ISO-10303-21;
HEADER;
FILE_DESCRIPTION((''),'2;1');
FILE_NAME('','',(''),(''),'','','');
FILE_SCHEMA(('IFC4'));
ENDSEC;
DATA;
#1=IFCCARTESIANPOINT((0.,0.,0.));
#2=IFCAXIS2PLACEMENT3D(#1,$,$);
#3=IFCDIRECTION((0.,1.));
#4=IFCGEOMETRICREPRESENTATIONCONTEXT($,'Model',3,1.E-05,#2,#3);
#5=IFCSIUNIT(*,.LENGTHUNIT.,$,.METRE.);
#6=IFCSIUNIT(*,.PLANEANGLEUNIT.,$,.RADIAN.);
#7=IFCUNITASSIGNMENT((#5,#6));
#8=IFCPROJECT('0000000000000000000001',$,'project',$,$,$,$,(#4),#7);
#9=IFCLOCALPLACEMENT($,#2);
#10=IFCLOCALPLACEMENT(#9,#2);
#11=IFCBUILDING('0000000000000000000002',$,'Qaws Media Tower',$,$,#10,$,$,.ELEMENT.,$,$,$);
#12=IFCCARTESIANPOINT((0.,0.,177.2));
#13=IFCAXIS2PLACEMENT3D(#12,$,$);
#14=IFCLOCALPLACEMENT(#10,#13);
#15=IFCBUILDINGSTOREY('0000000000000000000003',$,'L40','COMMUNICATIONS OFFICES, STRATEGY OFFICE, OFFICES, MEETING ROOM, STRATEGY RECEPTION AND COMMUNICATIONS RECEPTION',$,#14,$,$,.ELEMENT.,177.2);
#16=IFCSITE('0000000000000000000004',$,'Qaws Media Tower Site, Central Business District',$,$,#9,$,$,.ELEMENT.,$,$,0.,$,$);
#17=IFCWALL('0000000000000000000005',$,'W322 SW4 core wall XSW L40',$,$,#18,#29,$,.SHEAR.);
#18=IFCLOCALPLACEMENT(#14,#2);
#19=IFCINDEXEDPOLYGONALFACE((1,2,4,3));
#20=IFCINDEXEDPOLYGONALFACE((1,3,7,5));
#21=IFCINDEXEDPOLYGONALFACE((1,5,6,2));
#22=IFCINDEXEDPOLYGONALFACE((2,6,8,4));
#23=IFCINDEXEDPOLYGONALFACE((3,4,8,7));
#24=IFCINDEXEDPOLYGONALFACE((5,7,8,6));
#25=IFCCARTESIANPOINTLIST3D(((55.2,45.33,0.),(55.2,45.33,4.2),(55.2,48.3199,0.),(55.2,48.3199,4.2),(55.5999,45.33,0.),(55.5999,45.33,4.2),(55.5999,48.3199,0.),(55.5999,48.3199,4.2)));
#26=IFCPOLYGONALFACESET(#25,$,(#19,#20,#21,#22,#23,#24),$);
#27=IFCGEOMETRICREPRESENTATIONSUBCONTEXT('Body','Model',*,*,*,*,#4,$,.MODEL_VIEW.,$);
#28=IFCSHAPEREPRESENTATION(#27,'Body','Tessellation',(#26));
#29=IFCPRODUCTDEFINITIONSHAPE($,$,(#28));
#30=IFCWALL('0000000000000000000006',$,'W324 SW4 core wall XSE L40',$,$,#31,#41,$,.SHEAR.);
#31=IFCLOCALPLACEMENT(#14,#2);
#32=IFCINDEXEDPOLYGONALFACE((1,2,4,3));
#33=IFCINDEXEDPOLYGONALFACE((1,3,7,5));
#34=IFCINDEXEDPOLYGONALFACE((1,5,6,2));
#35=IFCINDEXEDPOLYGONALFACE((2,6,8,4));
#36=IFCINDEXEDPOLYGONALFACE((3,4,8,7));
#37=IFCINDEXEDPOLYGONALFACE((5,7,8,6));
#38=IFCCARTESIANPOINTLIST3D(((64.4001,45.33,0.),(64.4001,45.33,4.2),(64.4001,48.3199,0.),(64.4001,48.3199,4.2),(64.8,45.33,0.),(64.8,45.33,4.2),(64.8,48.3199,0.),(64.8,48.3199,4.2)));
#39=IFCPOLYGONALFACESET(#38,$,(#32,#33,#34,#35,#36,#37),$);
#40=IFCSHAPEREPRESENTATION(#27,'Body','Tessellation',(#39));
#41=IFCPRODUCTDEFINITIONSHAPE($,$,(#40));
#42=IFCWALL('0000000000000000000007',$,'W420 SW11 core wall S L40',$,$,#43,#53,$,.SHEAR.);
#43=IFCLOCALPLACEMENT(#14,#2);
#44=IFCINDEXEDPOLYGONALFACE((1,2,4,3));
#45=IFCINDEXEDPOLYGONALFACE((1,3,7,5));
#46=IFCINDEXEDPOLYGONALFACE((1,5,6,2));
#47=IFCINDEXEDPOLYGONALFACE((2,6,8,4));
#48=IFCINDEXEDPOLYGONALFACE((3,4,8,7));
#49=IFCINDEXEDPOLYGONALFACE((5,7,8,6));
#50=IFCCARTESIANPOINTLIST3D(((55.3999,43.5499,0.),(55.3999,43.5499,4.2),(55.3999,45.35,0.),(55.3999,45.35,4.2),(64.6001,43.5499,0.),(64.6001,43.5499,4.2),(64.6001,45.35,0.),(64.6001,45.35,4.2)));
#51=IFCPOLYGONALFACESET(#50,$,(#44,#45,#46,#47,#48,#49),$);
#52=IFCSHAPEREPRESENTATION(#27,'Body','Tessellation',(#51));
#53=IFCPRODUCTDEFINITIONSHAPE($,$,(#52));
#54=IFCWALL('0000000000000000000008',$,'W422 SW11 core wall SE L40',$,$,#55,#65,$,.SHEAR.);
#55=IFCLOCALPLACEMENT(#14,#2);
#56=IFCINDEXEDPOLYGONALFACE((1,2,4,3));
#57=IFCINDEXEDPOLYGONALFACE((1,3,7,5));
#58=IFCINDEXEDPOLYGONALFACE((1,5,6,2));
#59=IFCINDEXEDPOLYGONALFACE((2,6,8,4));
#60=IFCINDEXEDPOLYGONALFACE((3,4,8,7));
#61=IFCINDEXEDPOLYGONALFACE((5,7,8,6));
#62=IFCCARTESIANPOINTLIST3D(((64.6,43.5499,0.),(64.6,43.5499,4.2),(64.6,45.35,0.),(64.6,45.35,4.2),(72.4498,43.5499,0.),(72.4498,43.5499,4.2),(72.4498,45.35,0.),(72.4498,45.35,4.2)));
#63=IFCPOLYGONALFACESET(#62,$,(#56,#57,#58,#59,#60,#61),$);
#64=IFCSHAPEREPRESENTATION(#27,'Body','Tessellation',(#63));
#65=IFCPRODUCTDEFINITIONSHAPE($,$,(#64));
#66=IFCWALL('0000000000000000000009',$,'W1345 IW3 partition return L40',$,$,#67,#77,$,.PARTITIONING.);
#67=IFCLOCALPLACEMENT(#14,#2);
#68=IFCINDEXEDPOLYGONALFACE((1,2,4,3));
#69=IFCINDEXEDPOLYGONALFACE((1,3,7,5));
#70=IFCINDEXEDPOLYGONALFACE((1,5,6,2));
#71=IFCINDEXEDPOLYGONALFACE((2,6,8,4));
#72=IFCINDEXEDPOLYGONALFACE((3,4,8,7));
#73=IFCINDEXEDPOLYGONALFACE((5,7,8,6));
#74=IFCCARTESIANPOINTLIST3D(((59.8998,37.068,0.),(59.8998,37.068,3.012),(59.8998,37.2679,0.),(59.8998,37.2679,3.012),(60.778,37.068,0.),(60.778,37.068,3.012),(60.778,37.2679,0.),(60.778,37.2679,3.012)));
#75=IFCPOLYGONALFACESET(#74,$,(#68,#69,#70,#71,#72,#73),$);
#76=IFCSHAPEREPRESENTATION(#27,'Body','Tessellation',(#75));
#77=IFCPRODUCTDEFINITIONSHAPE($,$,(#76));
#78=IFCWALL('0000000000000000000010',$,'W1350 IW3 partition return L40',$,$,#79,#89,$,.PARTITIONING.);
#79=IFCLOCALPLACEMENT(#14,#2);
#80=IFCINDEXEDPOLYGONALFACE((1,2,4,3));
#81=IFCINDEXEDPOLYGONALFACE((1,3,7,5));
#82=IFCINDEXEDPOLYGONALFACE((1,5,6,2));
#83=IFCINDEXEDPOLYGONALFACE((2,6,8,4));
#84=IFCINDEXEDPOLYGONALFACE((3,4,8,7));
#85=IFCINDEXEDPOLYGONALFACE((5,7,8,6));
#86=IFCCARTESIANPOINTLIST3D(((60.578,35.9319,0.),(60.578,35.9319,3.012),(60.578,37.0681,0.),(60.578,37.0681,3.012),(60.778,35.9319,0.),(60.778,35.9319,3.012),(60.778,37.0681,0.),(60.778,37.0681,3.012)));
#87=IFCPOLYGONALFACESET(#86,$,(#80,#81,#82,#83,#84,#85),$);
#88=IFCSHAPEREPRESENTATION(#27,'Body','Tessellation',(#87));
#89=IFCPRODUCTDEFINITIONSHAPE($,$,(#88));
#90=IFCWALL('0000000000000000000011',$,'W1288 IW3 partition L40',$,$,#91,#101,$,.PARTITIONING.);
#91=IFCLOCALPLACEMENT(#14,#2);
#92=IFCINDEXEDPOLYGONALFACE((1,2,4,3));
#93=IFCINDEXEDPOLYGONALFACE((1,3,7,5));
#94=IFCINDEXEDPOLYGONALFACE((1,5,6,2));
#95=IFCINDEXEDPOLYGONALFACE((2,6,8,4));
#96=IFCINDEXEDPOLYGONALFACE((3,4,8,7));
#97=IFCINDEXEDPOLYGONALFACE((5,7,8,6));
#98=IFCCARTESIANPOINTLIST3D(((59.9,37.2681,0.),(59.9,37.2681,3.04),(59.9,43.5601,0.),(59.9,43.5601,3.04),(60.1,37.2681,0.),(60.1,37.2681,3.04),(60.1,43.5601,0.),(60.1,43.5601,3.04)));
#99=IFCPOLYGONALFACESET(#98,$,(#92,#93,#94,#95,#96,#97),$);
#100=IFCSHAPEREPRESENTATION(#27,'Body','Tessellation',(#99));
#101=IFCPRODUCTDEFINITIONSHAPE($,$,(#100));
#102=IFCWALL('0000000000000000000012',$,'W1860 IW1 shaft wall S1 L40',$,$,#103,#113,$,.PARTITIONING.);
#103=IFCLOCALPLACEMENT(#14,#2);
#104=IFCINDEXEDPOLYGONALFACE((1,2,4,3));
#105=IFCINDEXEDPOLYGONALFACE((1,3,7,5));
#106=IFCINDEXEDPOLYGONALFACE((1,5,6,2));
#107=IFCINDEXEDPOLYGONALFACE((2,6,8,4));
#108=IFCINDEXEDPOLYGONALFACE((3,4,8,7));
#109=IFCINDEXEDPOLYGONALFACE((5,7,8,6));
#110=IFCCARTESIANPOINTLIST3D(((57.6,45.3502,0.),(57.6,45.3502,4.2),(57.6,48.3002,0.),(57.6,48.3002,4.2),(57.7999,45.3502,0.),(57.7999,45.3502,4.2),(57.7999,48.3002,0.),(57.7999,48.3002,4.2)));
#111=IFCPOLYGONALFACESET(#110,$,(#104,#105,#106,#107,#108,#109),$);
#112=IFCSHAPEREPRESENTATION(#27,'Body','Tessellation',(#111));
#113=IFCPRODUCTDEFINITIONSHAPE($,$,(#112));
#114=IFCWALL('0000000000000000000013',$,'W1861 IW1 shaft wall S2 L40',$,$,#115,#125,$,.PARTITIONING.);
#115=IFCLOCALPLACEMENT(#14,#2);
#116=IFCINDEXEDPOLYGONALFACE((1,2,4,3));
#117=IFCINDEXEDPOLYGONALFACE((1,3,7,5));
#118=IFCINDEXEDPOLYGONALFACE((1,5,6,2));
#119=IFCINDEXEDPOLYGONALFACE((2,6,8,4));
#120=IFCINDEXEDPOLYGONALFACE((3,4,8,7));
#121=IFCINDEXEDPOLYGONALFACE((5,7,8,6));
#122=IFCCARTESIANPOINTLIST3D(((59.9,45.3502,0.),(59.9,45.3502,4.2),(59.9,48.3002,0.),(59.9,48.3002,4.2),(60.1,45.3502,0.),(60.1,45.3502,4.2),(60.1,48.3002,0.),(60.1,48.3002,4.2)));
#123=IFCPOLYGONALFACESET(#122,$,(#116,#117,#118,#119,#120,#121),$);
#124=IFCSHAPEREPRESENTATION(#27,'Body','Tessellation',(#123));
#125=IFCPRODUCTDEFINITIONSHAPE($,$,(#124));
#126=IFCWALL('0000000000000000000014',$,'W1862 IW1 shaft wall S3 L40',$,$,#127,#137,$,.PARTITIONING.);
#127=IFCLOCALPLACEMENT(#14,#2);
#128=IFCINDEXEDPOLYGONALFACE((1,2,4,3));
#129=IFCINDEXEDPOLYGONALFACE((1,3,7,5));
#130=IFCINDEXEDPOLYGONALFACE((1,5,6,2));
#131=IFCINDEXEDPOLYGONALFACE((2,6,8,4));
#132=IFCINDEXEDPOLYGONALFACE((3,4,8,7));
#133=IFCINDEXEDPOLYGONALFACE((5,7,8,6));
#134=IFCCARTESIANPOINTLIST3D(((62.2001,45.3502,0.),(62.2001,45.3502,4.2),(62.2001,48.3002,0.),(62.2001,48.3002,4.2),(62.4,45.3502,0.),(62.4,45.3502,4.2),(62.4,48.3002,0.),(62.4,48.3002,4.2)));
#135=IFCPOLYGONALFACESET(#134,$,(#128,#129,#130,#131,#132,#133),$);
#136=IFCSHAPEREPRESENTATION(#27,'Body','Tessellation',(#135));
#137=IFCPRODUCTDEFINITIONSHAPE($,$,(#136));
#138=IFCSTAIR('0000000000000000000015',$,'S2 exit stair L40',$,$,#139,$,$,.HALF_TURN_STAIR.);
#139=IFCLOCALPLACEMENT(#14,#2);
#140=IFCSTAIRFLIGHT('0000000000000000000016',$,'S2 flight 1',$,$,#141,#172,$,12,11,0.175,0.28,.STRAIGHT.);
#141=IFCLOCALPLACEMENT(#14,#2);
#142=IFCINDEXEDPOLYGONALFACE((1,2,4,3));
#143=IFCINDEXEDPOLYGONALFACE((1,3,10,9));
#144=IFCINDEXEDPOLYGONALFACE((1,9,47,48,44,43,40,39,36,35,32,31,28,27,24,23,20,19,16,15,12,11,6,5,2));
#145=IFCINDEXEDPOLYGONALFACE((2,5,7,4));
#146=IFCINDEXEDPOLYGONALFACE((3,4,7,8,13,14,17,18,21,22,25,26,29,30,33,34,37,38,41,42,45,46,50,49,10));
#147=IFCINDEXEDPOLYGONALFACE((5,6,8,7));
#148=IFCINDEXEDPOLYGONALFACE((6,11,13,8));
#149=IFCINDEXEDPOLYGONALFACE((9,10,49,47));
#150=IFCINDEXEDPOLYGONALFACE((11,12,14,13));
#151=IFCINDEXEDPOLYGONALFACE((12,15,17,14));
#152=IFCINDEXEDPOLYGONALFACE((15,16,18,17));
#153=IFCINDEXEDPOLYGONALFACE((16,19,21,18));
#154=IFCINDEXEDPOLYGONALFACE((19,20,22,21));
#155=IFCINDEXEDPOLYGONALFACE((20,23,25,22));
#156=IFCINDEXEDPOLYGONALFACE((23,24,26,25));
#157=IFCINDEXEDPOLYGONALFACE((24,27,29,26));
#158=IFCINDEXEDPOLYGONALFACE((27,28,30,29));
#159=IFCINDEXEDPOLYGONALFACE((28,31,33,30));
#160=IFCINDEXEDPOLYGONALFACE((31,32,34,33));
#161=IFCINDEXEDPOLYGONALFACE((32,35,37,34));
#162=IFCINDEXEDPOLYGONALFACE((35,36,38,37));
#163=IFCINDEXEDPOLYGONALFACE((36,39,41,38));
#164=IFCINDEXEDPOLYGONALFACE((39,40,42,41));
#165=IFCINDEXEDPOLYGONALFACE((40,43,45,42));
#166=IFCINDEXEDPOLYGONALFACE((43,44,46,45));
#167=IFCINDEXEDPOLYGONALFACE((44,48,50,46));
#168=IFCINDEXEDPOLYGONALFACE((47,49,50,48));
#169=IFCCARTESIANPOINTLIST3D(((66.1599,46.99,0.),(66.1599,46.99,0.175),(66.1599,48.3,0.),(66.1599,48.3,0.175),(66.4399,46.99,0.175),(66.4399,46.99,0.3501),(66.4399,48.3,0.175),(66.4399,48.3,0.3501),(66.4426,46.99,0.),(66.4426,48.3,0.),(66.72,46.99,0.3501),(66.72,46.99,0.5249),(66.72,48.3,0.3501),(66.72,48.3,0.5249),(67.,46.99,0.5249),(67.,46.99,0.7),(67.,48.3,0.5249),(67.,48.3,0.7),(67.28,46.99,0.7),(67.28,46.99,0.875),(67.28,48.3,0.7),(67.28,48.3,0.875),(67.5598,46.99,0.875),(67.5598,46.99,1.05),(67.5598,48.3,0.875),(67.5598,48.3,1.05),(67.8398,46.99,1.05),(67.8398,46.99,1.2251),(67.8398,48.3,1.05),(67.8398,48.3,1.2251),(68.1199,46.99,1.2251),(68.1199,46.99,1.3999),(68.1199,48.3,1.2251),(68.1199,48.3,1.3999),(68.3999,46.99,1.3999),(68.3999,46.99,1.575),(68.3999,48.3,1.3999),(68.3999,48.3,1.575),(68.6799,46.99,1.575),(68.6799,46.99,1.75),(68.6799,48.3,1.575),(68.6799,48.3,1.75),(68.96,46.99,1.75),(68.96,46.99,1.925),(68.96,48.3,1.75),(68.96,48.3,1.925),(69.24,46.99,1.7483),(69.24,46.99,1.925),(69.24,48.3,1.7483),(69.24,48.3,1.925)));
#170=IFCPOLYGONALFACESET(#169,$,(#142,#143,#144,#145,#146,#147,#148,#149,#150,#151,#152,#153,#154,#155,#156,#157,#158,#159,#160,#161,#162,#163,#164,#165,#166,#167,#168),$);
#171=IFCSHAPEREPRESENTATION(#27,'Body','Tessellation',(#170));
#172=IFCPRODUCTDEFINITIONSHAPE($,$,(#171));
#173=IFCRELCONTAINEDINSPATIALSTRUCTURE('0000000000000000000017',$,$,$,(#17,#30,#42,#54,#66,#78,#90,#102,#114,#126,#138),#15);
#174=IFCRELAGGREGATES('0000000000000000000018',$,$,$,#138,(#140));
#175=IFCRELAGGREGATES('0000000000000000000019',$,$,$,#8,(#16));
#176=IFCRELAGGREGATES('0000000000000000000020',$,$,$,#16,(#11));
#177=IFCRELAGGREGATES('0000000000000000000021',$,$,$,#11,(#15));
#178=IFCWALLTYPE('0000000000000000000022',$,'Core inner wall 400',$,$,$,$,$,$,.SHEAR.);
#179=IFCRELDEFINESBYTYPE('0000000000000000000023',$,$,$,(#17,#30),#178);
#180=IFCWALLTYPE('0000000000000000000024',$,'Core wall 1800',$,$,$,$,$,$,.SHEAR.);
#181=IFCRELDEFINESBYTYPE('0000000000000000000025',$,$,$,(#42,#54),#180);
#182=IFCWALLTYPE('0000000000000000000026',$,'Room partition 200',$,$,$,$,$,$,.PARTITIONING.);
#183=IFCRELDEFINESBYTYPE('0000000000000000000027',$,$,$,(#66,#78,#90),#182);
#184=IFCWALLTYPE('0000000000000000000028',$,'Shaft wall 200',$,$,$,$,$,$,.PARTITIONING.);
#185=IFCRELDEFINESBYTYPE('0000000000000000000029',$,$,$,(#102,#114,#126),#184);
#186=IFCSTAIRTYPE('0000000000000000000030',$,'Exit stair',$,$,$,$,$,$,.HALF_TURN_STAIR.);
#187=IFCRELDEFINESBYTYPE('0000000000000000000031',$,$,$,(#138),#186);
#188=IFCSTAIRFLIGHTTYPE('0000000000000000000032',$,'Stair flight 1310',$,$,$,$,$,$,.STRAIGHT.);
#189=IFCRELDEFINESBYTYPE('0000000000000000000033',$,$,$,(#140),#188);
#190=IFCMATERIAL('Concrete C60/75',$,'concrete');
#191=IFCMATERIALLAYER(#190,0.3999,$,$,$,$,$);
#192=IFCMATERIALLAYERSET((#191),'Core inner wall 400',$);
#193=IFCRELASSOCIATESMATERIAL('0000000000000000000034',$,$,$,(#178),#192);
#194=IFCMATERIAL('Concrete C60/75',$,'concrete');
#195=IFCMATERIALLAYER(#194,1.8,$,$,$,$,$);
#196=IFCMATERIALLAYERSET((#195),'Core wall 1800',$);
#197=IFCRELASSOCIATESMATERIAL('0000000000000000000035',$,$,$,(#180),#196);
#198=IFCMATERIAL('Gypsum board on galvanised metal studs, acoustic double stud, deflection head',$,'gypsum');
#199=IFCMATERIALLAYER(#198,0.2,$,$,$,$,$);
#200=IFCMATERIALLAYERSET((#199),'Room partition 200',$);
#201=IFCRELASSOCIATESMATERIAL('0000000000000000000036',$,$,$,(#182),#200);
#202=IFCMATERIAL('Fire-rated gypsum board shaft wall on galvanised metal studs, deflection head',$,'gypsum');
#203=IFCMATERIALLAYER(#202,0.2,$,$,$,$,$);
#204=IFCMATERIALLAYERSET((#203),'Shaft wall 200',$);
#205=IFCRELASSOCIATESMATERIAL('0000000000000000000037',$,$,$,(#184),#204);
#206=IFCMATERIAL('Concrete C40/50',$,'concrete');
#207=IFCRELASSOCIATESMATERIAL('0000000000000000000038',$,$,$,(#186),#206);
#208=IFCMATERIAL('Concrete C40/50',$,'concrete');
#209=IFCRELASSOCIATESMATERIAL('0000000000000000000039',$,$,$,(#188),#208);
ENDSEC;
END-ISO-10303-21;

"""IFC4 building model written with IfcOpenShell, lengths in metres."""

from ifc_helpers import new_model, si_unit, direction, frame, frame_2d, origin, place, context, subcontext, project, spatial, polyline, rectangle, outline, extrude, material, layer, layer_set, type_object, element, aggregate, save


model = new_model("IFC4")

# Units and contexts
model_context = context("Model", 3, precision=1e-05, world=origin(), true_north=direction((0.0, 1.0)))
body_context = subcontext(model_context, "Body", "Model", "MODEL_VIEW")
ifc_project = project(units=[si_unit("LENGTHUNIT", "METRE"), si_unit("PLANEANGLEUNIT", "RADIAN")], contexts=[model_context])

# Site, building, storey
site_placement = place(None, origin())
site = spatial("IfcSite", under=ifc_project, at=site_placement, Name="Qaws Media Tower Site, Central Business District", CompositionType="ELEMENT", RefElevation=0.0)
building_placement = place(site_placement, origin())
building = spatial("IfcBuilding", under=site, at=building_placement, Name="Qaws Media Tower", CompositionType="ELEMENT")
storey_placement = place(building_placement, frame((0.0, 0.0, 177.2)))
storey = spatial("IfcBuildingStorey", under=building, at=storey_placement, Name="L40", Description="COMMUNICATIONS OFFICES, STRATEGY OFFICE, OFFICES, MEETING ROOM, STRATEGY RECEPTION AND COMMUNICATIONS RECEPTION", CompositionType="ELEMENT", Elevation=177.2)

# Shared definitions
ifc_material_1 = material(Name="Concrete C60/75", Category="concrete")
ifc_layer_1 = layer(ifc_material_1, 0.3999)
ifc_layer_set_1 = layer_set([ifc_layer_1], Name="Core inner wall 400")
wall_type_1 = type_object("IfcWallType", Name="Core inner wall 400", PredefinedType="SHEAR", material=ifc_layer_set_1)

# Walls
for number, where, z_axis, x_axis, name in (
    (1, (55.3999, 48.3201, 0.0), (0.0, 0.0, 1.0), (0.0, -1.0, 0.0), "W322 SW4 core wall XSW L40"),
    (2, (64.6001, 48.3201, 0.0), (0.0, 0.0, 1.0), (0.0, -1.0, 0.0), "W324 SW4 core wall XSE L40"),
):
    element("IfcWall", number, at=place(storey_placement, frame(where, z_axis=z_axis, x_axis=x_axis)), inside=storey, type_object=wall_type_1, Name=name, PredefinedType="SHEAR", context=body_context, shape_type="SweptSolid", body=[
        extrude(rectangle(XDim=2.99, YDim=0.3999, at=frame_2d((1.4951, 0.0))), origin(), (0.0, 0.0, 1.0), 4.2),
    ])
ifc_material_2 = material(Name="Concrete C60/75", Category="concrete")
ifc_layer_2 = layer(ifc_material_2, 1.8)
ifc_layer_set_2 = layer_set([ifc_layer_2], Name="Core wall 1800")
wall_type_2 = type_object("IfcWallType", Name="Core wall 1800", PredefinedType="SHEAR", material=ifc_layer_set_2)
wall_1_placement = place(storey_placement, frame((55.3999, 44.45, 0.0), z_axis=(0.0, 0.0, 1.0), x_axis=(1.0, 0.0, 0.0)))
element("IfcWall", 3, at=wall_1_placement, inside=storey, type_object=wall_type_2, Name="W420 SW11 core wall S L40", PredefinedType="SHEAR", context=body_context, shape_type="SweptSolid", body=[
    extrude(rectangle(XDim=9.2002, YDim=1.8, at=frame_2d((4.6001, 0.0))), origin(), (0.0, 0.0, 1.0), 4.2),
])
wall_2_placement = place(storey_placement, frame((64.6001, 44.45, 0.0), z_axis=(0.0, 0.0, 1.0), x_axis=(1.0, 0.0, 0.0)))
element("IfcWall", 4, at=wall_2_placement, inside=storey, type_object=wall_type_2, Name="W422 SW11 core wall SE L40", PredefinedType="SHEAR", context=body_context, shape_type="SweptSolid", body=[
    extrude(rectangle(XDim=7.8499, YDim=1.8, at=frame_2d((3.9248, 0.0))), origin(), (0.0, 0.0, 1.0), 4.2),
])
ifc_material_3 = material(Name="Gypsum board on galvanised metal studs, acoustic double stud, deflection head", Category="gypsum")
ifc_layer_3 = layer(ifc_material_3, 0.2)
ifc_layer_set_3 = layer_set([ifc_layer_3], Name="Room partition 200")
wall_type_3 = type_object("IfcWallType", Name="Room partition 200", PredefinedType="PARTITIONING", material=ifc_layer_set_3)
wall_3_placement = place(storey_placement, frame((59.8999, 37.168, 0.0), z_axis=(0.0, 0.0, 1.0), x_axis=(1.0, 0.0, 0.0)))
element("IfcWall", 5, at=wall_3_placement, inside=storey, type_object=wall_type_3, Name="W1345 IW3 partition return L40", PredefinedType="PARTITIONING", context=body_context, shape_type="SweptSolid", body=[
    extrude(rectangle(XDim=0.8782, YDim=0.2, at=frame_2d((0.439, 0.0))), origin(), (0.0, 0.0, 1.0), 3.012),
])
wall_4_placement = place(storey_placement, frame((60.678, 37.0681, 0.0), z_axis=(0.0, 0.0, 1.0), x_axis=(0.0, -1.0, 0.0)))
element("IfcWall", 6, at=wall_4_placement, inside=storey, type_object=wall_type_3, Name="W1350 IW3 partition return L40", PredefinedType="PARTITIONING", context=body_context, shape_type="SweptSolid", body=[
    extrude(rectangle(XDim=1.1362, YDim=0.2, at=frame_2d((0.5681, 0.0))), origin(), (0.0, 0.0, 1.0), 3.012),
])
wall_5_placement = place(storey_placement, frame((60.0, 43.5601, 0.0), z_axis=(0.0, 0.0, 1.0), x_axis=(0.0, -1.0, 0.0)))
element("IfcWall", 7, at=wall_5_placement, inside=storey, type_object=wall_type_3, Name="W1288 IW3 partition L40", PredefinedType="PARTITIONING", context=body_context, shape_type="SweptSolid", body=[
    extrude(rectangle(XDim=6.292, YDim=0.2, at=frame_2d((3.146, 0.0))), origin(), (0.0, 0.0, 1.0), 3.04),
])
ifc_material_4 = material(Name="Fire-rated gypsum board shaft wall on galvanised metal studs, deflection head", Category="gypsum")
ifc_layer_4 = layer(ifc_material_4, 0.2)
ifc_layer_set_4 = layer_set([ifc_layer_4], Name="Shaft wall 200")
wall_type_4 = type_object("IfcWallType", Name="Shaft wall 200", PredefinedType="PARTITIONING", material=ifc_layer_set_4)
for number, where, z_axis, x_axis, name in (
    (8, (57.7, 45.3501, 0.0), (0.0, 0.0, 1.0), (0.0, 1.0, 0.0), "W1860 IW1 shaft wall S1 L40"),
    (9, (60.0, 45.3501, 0.0), (0.0, 0.0, 1.0), (0.0, 1.0, 0.0), "W1861 IW1 shaft wall S2 L40"),
    (10, (62.3, 45.3501, 0.0), (0.0, 0.0, 1.0), (0.0, 1.0, 0.0), "W1862 IW1 shaft wall S3 L40"),
):
    element("IfcWall", number, at=place(storey_placement, frame(where, z_axis=z_axis, x_axis=x_axis)), inside=storey, type_object=wall_type_4, Name=name, PredefinedType="PARTITIONING", context=body_context, shape_type="SweptSolid", body=[
        extrude(rectangle(XDim=2.95, YDim=0.2, at=frame_2d((1.4751, 0.0))), origin(), (0.0, 0.0, 1.0), 4.2),
    ])

# Stair, stair flight
ifc_material_5 = material(Name="Concrete C40/50", Category="concrete")
stair_type = type_object("IfcStairType", Name="Exit stair", PredefinedType="HALF_TURN_STAIR", material=ifc_material_5)
stair_placement = place(storey_placement, origin())
stair = element("IfcStair", 11, at=stair_placement, inside=storey, type_object=stair_type, Name="S2 exit stair L40", PredefinedType="HALF_TURN_STAIR")
ifc_material_6 = material(Name="Concrete C40/50", Category="concrete")
stair_flight_type = type_object("IfcStairFlightType", Name="Stair flight 1310", PredefinedType="STRAIGHT", material=ifc_material_6)
stair_flight_1_placement = place(storey_placement, frame((66.1599, 47.645, 0.0), z_axis=(0.0, 0.0, 1.0), x_axis=(1.0, 0.0, 0.0)))
stair_flight_1 = element("IfcStairFlight", 12, at=stair_flight_1_placement, type_object=stair_flight_type, Name="S2 flight 1", NumberOfRisers=12, NumberOfTreads=11, PredefinedType="STRAIGHT", RiserHeight=0.175, TreadLength=0.28, context=body_context, shape_type="SweptSolid", body=[
    extrude(outline(polyline([(0.0, 0.0), (0.0, 0.175), (0.28, 0.175), (0.28, 0.3501), (0.5601, 0.3501), (0.5601, 0.5249), (0.8401, 0.5249), (0.8401, 0.7), (1.1201, 0.7), (1.1201, 0.875), (1.3999, 0.875), (1.3999, 1.05), (1.6799, 1.05), (1.6799, 1.2251), (1.96, 1.2251), (1.96, 1.3999), (2.24, 1.3999), (2.24, 1.575), (2.52, 1.575), (2.52, 1.75), (2.8, 1.75), (2.8, 1.925), (3.0801, 1.925), (3.0801, 2.1001), (3.0801, 1.7483), (0.2827, 0.0), (0.0, 0.0)])), frame((0.0, 0.655, 0.0), z_axis=(0.0, -1.0, 0.0), x_axis=(1.0, 0.0, 0.0)), (0.0, 0.0, 1.0), 1.3101),
])
aggregate(stair, [stair_flight_1])

save(model, "model.ifc")
